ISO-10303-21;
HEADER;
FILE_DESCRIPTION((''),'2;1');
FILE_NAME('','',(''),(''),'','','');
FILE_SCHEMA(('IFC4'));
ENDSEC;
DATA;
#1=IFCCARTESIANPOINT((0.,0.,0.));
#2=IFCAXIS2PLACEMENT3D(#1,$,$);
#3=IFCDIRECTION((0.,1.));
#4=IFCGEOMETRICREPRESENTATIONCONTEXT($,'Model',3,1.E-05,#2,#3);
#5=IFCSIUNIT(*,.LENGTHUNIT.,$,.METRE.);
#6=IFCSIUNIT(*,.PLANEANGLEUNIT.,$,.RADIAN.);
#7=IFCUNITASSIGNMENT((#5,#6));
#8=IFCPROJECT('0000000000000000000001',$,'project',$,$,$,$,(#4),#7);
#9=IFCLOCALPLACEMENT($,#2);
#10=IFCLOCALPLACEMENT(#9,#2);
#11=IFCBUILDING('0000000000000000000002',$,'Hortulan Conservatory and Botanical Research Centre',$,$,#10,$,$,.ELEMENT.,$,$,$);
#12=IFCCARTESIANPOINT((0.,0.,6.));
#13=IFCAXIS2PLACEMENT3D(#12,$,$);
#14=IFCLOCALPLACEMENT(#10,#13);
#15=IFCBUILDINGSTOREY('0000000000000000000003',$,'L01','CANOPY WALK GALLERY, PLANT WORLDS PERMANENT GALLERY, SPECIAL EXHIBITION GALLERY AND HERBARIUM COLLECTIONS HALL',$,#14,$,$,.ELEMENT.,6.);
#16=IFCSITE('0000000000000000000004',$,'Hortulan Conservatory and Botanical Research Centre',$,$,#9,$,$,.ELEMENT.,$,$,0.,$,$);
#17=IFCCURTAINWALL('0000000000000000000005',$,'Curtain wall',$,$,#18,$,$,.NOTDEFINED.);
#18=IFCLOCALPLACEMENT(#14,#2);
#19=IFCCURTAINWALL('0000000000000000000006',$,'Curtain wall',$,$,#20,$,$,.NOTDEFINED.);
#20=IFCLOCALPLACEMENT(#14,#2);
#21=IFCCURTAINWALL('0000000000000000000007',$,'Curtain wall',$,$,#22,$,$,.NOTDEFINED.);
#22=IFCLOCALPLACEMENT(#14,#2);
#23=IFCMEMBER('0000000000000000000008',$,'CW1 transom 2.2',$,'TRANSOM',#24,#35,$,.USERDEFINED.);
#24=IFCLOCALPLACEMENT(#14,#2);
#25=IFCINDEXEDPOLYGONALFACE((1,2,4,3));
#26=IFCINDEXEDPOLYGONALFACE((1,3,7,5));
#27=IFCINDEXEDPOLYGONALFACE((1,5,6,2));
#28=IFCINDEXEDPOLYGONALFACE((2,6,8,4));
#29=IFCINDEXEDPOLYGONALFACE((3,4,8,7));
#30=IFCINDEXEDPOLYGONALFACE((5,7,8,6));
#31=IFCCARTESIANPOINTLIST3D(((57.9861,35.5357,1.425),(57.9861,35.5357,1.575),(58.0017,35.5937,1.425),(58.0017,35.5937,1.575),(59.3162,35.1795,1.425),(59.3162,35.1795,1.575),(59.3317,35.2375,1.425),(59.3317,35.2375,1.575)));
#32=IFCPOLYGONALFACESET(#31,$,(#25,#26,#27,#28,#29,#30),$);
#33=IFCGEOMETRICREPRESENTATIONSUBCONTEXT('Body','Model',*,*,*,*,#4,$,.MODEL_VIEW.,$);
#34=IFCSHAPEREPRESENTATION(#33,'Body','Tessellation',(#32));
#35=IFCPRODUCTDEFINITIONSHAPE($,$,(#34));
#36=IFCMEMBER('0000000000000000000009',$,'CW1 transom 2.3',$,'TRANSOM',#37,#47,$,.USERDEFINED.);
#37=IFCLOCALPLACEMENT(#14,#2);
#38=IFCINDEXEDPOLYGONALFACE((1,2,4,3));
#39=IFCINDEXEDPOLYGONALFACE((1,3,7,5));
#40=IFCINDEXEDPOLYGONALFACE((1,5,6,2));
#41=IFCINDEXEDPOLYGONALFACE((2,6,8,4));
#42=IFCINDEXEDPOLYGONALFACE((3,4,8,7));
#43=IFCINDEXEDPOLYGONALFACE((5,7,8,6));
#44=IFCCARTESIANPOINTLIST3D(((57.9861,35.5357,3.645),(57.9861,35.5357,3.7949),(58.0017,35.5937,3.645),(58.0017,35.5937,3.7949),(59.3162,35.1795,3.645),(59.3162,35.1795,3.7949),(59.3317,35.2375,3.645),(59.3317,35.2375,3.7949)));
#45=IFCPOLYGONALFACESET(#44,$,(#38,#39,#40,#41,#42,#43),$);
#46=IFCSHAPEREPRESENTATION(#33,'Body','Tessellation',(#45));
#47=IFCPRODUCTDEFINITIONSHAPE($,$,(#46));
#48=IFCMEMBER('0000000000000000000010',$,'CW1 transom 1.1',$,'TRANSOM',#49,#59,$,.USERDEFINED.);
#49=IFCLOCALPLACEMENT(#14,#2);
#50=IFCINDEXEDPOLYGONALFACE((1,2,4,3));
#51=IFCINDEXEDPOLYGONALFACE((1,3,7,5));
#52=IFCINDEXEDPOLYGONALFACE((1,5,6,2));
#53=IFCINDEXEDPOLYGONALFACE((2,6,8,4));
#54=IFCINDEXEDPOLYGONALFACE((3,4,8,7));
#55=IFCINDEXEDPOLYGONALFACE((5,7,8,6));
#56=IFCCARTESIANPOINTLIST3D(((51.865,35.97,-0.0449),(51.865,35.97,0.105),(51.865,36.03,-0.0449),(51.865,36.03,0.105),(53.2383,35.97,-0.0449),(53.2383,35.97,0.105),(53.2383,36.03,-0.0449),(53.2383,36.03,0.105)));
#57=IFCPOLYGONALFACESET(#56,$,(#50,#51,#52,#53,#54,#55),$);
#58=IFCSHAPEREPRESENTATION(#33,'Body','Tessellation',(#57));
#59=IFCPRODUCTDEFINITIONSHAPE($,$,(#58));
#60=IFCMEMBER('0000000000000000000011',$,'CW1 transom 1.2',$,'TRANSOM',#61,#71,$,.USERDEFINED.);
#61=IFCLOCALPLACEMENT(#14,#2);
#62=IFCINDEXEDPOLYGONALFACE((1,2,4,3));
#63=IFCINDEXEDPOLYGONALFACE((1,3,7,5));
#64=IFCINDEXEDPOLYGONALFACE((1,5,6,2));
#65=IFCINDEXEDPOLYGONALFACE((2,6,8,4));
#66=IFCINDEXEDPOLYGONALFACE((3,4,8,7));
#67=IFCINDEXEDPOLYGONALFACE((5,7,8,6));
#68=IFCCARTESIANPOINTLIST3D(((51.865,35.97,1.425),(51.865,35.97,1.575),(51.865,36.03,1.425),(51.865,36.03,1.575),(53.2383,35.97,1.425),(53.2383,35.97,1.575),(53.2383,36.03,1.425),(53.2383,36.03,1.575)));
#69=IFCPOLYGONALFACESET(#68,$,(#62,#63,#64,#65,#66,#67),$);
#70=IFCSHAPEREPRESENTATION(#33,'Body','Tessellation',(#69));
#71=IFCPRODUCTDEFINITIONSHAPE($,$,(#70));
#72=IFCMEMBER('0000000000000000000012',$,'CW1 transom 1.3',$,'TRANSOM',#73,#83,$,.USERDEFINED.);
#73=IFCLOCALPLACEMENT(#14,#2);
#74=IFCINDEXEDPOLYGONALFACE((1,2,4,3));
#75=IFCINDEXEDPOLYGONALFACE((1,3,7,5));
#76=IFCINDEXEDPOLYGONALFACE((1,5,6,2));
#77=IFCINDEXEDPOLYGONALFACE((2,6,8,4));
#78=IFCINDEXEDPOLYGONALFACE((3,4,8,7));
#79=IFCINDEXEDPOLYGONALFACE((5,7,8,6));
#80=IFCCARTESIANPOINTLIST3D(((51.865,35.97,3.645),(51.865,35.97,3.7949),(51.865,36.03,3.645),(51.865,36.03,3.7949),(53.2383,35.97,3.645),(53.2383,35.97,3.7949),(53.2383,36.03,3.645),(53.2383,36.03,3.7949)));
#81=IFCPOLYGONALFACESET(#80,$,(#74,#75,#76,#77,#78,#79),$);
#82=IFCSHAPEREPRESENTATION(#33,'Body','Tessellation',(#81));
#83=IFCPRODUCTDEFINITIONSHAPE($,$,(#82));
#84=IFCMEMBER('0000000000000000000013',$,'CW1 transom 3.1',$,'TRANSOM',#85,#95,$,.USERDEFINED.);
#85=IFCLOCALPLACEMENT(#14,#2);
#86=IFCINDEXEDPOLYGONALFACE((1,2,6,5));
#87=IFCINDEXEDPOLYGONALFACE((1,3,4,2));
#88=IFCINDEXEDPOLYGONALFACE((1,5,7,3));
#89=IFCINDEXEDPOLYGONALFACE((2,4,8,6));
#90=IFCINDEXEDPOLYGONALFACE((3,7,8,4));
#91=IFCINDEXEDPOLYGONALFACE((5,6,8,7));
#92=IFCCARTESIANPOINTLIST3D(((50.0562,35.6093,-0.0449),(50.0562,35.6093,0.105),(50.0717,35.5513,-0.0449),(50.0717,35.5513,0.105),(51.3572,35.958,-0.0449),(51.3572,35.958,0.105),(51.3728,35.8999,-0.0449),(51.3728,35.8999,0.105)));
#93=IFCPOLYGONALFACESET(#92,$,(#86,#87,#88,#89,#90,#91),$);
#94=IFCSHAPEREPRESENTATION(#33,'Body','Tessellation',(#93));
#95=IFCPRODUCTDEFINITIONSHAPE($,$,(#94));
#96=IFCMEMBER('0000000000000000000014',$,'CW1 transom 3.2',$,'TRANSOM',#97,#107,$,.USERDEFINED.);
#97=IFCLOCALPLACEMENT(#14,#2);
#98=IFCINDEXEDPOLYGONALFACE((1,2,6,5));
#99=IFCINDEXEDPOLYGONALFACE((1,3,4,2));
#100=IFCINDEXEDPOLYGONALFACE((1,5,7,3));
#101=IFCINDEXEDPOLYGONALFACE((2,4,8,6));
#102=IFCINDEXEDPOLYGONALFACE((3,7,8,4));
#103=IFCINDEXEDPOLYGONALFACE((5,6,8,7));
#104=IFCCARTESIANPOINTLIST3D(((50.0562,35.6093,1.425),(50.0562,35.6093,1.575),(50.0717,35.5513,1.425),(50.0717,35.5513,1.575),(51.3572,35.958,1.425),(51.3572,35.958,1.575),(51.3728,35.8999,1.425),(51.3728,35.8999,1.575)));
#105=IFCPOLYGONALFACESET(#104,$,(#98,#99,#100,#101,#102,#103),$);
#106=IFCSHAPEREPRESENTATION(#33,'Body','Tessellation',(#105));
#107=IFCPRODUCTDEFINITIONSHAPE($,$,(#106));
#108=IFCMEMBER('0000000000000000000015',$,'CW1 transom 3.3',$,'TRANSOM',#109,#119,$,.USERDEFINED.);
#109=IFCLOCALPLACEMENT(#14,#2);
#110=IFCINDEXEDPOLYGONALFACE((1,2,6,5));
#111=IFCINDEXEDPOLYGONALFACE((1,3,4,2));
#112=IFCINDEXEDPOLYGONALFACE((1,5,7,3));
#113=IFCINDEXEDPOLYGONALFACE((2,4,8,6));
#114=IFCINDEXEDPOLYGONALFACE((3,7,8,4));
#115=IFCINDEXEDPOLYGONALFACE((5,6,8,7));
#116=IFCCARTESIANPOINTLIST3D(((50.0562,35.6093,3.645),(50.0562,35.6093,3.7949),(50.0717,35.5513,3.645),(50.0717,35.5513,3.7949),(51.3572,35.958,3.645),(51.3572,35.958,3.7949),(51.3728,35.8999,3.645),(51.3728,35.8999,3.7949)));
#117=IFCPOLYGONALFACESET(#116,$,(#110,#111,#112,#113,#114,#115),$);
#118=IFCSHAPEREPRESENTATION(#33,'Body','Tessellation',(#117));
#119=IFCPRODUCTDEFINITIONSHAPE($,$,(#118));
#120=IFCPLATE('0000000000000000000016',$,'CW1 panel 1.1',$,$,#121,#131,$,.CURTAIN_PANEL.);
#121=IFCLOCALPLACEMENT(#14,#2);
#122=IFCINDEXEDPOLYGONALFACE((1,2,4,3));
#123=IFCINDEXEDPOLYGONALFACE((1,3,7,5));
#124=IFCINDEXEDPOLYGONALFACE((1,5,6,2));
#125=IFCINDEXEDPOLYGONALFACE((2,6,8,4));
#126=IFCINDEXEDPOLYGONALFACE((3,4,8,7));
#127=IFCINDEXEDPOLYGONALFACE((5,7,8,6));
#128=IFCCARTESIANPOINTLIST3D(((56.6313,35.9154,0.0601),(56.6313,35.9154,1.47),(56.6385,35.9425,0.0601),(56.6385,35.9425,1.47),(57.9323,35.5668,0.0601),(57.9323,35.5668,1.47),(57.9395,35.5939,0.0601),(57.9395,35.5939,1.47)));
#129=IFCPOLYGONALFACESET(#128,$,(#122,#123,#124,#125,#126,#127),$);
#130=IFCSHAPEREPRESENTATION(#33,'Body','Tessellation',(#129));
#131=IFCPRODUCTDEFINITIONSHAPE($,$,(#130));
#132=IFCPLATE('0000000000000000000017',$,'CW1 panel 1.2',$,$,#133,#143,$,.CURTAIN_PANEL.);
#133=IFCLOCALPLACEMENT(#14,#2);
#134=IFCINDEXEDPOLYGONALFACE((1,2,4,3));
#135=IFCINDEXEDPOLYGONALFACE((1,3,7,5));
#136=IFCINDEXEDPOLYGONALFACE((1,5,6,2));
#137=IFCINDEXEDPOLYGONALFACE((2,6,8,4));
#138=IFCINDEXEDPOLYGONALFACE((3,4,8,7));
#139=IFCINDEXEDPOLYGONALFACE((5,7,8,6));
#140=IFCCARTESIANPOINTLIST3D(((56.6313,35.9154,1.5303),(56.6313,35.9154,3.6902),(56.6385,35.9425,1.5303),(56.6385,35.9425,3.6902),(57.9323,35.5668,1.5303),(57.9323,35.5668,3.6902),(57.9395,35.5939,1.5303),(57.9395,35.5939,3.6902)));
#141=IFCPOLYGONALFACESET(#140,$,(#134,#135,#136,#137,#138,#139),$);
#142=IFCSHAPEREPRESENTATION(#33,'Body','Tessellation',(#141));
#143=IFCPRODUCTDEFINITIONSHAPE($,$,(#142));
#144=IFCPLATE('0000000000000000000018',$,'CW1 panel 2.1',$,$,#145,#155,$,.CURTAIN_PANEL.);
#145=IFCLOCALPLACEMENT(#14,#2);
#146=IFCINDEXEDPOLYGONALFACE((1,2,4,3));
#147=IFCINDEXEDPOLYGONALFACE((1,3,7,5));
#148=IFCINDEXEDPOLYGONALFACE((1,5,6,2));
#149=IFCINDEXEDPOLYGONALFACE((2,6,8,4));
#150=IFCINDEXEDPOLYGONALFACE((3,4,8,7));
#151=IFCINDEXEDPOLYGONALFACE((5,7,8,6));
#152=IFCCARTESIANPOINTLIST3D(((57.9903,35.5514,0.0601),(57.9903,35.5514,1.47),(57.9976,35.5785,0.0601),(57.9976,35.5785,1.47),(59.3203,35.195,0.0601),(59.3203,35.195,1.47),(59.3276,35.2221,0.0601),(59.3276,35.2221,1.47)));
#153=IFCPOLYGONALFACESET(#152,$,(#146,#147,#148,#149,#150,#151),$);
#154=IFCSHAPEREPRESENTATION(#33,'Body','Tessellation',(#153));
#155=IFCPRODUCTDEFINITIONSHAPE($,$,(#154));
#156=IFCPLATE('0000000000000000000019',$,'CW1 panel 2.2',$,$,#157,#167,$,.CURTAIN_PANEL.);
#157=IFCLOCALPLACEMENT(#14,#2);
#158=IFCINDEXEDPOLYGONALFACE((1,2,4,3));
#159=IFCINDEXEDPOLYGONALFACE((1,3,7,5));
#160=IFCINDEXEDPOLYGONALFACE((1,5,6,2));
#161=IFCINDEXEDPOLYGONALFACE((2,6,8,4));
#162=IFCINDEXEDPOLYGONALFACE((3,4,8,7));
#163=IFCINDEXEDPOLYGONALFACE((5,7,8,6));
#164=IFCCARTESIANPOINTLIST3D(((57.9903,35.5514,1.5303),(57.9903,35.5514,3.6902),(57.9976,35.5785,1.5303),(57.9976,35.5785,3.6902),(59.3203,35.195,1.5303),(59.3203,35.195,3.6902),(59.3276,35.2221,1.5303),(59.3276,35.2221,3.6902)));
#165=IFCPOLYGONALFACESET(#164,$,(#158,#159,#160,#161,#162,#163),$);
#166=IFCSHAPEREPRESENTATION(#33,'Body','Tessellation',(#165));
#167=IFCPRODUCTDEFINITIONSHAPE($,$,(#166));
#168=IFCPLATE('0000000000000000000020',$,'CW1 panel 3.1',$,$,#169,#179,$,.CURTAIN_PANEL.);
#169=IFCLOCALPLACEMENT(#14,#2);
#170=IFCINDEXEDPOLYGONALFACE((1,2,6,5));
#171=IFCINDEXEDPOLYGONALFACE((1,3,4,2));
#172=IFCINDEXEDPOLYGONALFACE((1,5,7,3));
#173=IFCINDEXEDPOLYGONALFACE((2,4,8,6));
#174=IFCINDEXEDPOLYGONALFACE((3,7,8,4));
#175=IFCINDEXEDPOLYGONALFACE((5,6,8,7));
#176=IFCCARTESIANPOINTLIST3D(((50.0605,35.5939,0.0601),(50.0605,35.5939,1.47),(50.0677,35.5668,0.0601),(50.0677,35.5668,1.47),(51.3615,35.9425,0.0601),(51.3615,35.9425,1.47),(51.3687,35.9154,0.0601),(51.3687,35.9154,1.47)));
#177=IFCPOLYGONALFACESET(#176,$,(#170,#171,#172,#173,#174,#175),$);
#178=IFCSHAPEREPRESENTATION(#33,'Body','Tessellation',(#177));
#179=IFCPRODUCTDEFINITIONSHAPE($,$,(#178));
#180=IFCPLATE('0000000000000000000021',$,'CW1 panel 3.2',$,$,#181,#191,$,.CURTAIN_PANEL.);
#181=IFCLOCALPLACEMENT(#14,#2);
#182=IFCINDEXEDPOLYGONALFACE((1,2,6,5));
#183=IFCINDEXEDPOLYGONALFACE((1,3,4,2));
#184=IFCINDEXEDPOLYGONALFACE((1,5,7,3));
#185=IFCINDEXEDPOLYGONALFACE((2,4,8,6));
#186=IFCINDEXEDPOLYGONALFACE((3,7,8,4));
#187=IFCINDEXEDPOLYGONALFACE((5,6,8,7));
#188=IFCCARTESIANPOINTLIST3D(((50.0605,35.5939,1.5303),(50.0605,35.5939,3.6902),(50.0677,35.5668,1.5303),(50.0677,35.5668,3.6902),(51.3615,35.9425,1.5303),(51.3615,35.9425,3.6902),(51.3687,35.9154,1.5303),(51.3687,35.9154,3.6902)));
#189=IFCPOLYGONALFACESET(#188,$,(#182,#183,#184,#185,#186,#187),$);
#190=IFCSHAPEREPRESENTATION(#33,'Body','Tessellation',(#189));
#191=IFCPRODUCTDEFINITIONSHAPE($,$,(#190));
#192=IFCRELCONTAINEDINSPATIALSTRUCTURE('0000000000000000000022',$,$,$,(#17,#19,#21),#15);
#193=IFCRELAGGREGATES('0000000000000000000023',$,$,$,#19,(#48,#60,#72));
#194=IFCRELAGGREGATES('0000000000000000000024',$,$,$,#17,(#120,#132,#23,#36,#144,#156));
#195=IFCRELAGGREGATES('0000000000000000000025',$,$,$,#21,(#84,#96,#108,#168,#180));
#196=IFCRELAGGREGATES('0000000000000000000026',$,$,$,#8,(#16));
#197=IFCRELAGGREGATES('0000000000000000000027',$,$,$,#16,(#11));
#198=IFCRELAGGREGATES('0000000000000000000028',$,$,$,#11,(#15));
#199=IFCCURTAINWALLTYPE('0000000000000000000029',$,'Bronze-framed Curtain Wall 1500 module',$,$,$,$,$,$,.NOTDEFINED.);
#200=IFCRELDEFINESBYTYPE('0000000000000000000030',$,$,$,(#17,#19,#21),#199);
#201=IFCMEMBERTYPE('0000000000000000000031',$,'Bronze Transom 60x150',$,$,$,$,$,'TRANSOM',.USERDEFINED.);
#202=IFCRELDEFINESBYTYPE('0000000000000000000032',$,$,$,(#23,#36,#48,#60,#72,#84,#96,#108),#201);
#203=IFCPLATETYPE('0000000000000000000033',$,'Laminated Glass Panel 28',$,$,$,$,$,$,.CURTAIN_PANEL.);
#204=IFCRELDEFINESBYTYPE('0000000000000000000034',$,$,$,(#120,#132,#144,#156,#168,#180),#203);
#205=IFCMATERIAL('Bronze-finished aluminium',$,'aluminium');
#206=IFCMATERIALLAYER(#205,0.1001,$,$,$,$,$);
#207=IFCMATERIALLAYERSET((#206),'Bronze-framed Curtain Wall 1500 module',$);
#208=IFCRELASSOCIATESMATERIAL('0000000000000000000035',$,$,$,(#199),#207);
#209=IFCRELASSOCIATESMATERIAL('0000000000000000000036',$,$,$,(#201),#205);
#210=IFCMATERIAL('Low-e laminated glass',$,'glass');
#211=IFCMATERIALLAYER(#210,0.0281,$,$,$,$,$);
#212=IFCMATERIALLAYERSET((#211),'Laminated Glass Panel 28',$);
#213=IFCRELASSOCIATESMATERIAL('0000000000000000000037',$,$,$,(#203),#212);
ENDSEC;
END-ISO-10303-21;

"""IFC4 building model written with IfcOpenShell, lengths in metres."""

from ifc_helpers import new_model, si_unit, direction, frame, origin, origin_2d, place, context, subcontext, project, spatial, rectangle, extrude, material, layer, layer_set, material_profile, profile_set, type_object, element, aggregate, save


model = new_model("IFC4")

# Units and contexts
model_context = context("Model", 3, precision=1e-05, world=origin(), true_north=direction((0.0, 1.0)))
body_context = subcontext(model_context, "Body", "Model", "MODEL_VIEW")
ifc_project = project(units=[si_unit("LENGTHUNIT", "METRE"), si_unit("PLANEANGLEUNIT", "RADIAN")], contexts=[model_context])

# Site, building, storey
site_placement = place(None, origin())
site = spatial("IfcSite", under=ifc_project, at=site_placement, Name="Hortulan Conservatory and Botanical Research Centre", CompositionType="ELEMENT", RefElevation=0.0)
building_placement = place(site_placement, origin())
building = spatial("IfcBuilding", under=site, at=building_placement, Name="Hortulan Conservatory and Botanical Research Centre", CompositionType="ELEMENT")
storey_placement = place(building_placement, frame((0.0, 0.0, 6.0)))
storey = spatial("IfcBuildingStorey", under=building, at=storey_placement, Name="L01", Description="CANOPY WALK GALLERY, PLANT WORLDS PERMANENT GALLERY, SPECIAL EXHIBITION GALLERY AND HERBARIUM COLLECTIONS HALL", CompositionType="ELEMENT", Elevation=6.0)

# Curtain wall
ifc_material_1 = material(Name="Bronze-finished aluminium", Category="aluminium")
ifc_layer_1 = layer(ifc_material_1, 0.1001)
ifc_layer_set_1 = layer_set([ifc_layer_1], Name="Bronze-framed Curtain Wall 1500 module")
curtain_wall_type = type_object("IfcCurtainWallType", Name="Bronze-framed Curtain Wall 1500 module", PredefinedType="NOTDEFINED", material=ifc_layer_set_1)
curtain_wall_1_placement = place(storey_placement, origin())
curtain_wall_1 = element("IfcCurtainWall", 1, at=curtain_wall_1_placement, inside=storey, type_object=curtain_wall_type, Name="Curtain wall", PredefinedType="NOTDEFINED")

# Curtain wall
curtain_wall_2_placement = place(storey_placement, origin())
curtain_wall_2 = element("IfcCurtainWall", 2, at=curtain_wall_2_placement, inside=storey, type_object=curtain_wall_type, Name="Curtain wall", PredefinedType="NOTDEFINED")

# Curtain wall
curtain_wall_3_placement = place(storey_placement, origin())
curtain_wall_3 = element("IfcCurtainWall", 3, at=curtain_wall_3_placement, inside=storey, type_object=curtain_wall_type, Name="Curtain wall", PredefinedType="NOTDEFINED")

# Members
ifc_material_profile_1 = material_profile(ifc_material_1, rectangle(XDim=0.0601, YDim=0.1499, at=origin_2d()), Name="Bronze Transom 60x150")
ifc_profile_set_1 = profile_set([ifc_material_profile_1], Name="Bronze-finished aluminium")
member_type_1 = type_object("IfcMemberType", Name="Bronze Transom 60x150", ElementType="TRANSOM", PredefinedType="USERDEFINED", material=ifc_profile_set_1)
member_1_placement = place(storey_placement, frame((57.9939, 35.5647, 1.5), z_axis=(0.965961, -0.258689, 0.0), x_axis=(0.258689, 0.965961, 0.0)))
member_1 = element("IfcMember", 4, at=member_1_placement, type_object=member_type_1, Name="CW1 transom 2.2", ObjectType="TRANSOM", PredefinedType="USERDEFINED", context=body_context, shape_type="SweptSolid", body=[
    extrude(rectangle(XDim=0.0601, YDim=0.1499, at=origin_2d()), origin(), (0.0, 0.0, 1.0), 1.377),
])
member_2_placement = place(storey_placement, frame((57.9939, 35.5647, 3.72), z_axis=(0.965961, -0.258689, 0.0), x_axis=(0.258689, 0.965961, 0.0)))
member_2 = element("IfcMember", 5, at=member_2_placement, type_object=member_type_1, Name="CW1 transom 2.3", ObjectType="TRANSOM", PredefinedType="USERDEFINED", context=body_context, shape_type="SweptSolid", body=[
    extrude(rectangle(XDim=0.0601, YDim=0.1499, at=origin_2d()), origin(), (0.0, 0.0, 1.0), 1.377),
])
member_3_placement = place(storey_placement, frame((51.865, 36.0, 0.03), z_axis=(1.0, 0.0, 0.0), x_axis=(0.0, 1.0, 0.0)))
member_3 = element("IfcMember", 6, at=member_3_placement, type_object=member_type_1, Name="CW1 transom 1.1", ObjectType="TRANSOM", PredefinedType="USERDEFINED", context=body_context, shape_type="SweptSolid", body=[
    extrude(rectangle(XDim=0.0601, YDim=0.1499, at=origin_2d()), origin(), (0.0, 0.0, 1.0), 1.3733),
])
member_4_placement = place(storey_placement, frame((51.865, 36.0, 1.5), z_axis=(1.0, 0.0, 0.0), x_axis=(0.0, 1.0, 0.0)))
member_4 = element("IfcMember", 7, at=member_4_placement, type_object=member_type_1, Name="CW1 transom 1.2", ObjectType="TRANSOM", PredefinedType="USERDEFINED", context=body_context, shape_type="SweptSolid", body=[
    extrude(rectangle(XDim=0.0601, YDim=0.1499, at=origin_2d()), origin(), (0.0, 0.0, 1.0), 1.3733),
])
member_5_placement = place(storey_placement, frame((51.865, 36.0, 3.72), z_axis=(1.0, 0.0, 0.0), x_axis=(0.0, 1.0, 0.0)))
member_5 = element("IfcMember", 8, at=member_5_placement, type_object=member_type_1, Name="CW1 transom 1.3", ObjectType="TRANSOM", PredefinedType="USERDEFINED", context=body_context, shape_type="SweptSolid", body=[
    extrude(rectangle(XDim=0.0601, YDim=0.1499, at=origin_2d()), origin(), (0.0, 0.0, 1.0), 1.3733),
])
aggregate(curtain_wall_2, [member_3, member_4, member_5])
member_6_placement = place(storey_placement, frame((50.064, 35.5803, 0.03), z_axis=(0.965921, 0.258836, 0.0), x_axis=(-0.258836, 0.965921, 0.0)))
member_6 = element("IfcMember", 9, at=member_6_placement, type_object=member_type_1, Name="CW1 transom 3.1", ObjectType="TRANSOM", PredefinedType="USERDEFINED", context=body_context, shape_type="SweptSolid", body=[
    extrude(rectangle(XDim=0.0601, YDim=0.1499, at=origin_2d()), origin(), (0.0, 0.0, 1.0), 1.3469),
])
member_7_placement = place(storey_placement, frame((50.064, 35.5803, 1.5), z_axis=(0.965921, 0.258836, 0.0), x_axis=(-0.258836, 0.965921, 0.0)))
member_7 = element("IfcMember", 10, at=member_7_placement, type_object=member_type_1, Name="CW1 transom 3.2", ObjectType="TRANSOM", PredefinedType="USERDEFINED", context=body_context, shape_type="SweptSolid", body=[
    extrude(rectangle(XDim=0.0601, YDim=0.1499, at=origin_2d()), origin(), (0.0, 0.0, 1.0), 1.3469),
])
member_8_placement = place(storey_placement, frame((50.064, 35.5803, 3.72), z_axis=(0.965921, 0.258836, 0.0), x_axis=(-0.258836, 0.965921, 0.0)))
member_8 = element("IfcMember", 11, at=member_8_placement, type_object=member_type_1, Name="CW1 transom 3.3", ObjectType="TRANSOM", PredefinedType="USERDEFINED", context=body_context, shape_type="SweptSolid", body=[
    extrude(rectangle(XDim=0.0601, YDim=0.1499, at=origin_2d()), origin(), (0.0, 0.0, 1.0), 1.3469),
])

# Plates
ifc_material_2 = material(Name="Low-e laminated glass", Category="glass")
ifc_layer_2 = layer(ifc_material_2, 0.0281)
ifc_layer_set_2 = layer_set([ifc_layer_2], Name="Laminated Glass Panel 28")
plate_type = type_object("IfcPlateType", Name="Laminated Glass Panel 28", PredefinedType="CURTAIN_PANEL", material=ifc_layer_set_2)
plate_1_placement = place(storey_placement, frame((57.2854, 35.7546, 0.0601), z_axis=(0.0, 0.0, 1.0), x_axis=(0.965922, -0.258832, 0.0)))
plate_1 = element("IfcPlate", 12, at=plate_1_placement, type_object=plate_type, Name="CW1 panel 1.1", PredefinedType="CURTAIN_PANEL", context=body_context, shape_type="SweptSolid", body=[
    extrude(rectangle(XDim=1.3469, YDim=0.0281, at=origin_2d()), origin(), (0.0, 0.0, 1.0), 1.4099),
])
plate_2_placement = place(storey_placement, frame((57.2854, 35.7546, 1.5303), z_axis=(0.0, 0.0, 1.0), x_axis=(0.965922, -0.258832, 0.0)))
plate_2 = element("IfcPlate", 13, at=plate_2_placement, type_object=plate_type, Name="CW1 panel 1.2", PredefinedType="CURTAIN_PANEL", context=body_context, shape_type="SweptSolid", body=[
    extrude(rectangle(XDim=1.3469, YDim=0.0281, at=origin_2d()), origin(), (0.0, 0.0, 1.0), 2.1599),
])
plate_3_placement = place(storey_placement, frame((58.6589, 35.3867, 0.0601), z_axis=(0.0, 0.0, 1.0), x_axis=(0.965922, -0.258832, 0.0)))
plate_3 = element("IfcPlate", 14, at=plate_3_placement, type_object=plate_type, Name="CW1 panel 2.1", PredefinedType="CURTAIN_PANEL", context=body_context, shape_type="SweptSolid", body=[
    extrude(rectangle(XDim=1.377, YDim=0.0281, at=origin_2d()), origin(), (0.0, 0.0, 1.0), 1.4099),
])
plate_4_placement = place(storey_placement, frame((58.6589, 35.3867, 1.5303), z_axis=(0.0, 0.0, 1.0), x_axis=(0.965922, -0.258832, 0.0)))
plate_4 = element("IfcPlate", 15, at=plate_4_placement, type_object=plate_type, Name="CW1 panel 2.2", PredefinedType="CURTAIN_PANEL", context=body_context, shape_type="SweptSolid", body=[
    extrude(rectangle(XDim=1.377, YDim=0.0281, at=origin_2d()), origin(), (0.0, 0.0, 1.0), 2.1599),
])
aggregate(curtain_wall_1, [plate_1, plate_2, member_1, member_2, plate_3, plate_4])
plate_5_placement = place(storey_placement, frame((50.7146, 35.7546, 0.0601), z_axis=(0.0, 0.0, 1.0), x_axis=(0.965922, 0.258832, 0.0)))
plate_5 = element("IfcPlate", 16, at=plate_5_placement, type_object=plate_type, Name="CW1 panel 3.1", PredefinedType="CURTAIN_PANEL", context=body_context, shape_type="SweptSolid", body=[
    extrude(rectangle(XDim=1.3469, YDim=0.0281, at=origin_2d()), origin(), (0.0, 0.0, 1.0), 1.4099),
])
plate_6_placement = place(storey_placement, frame((50.7146, 35.7546, 1.5303), z_axis=(0.0, 0.0, 1.0), x_axis=(0.965922, 0.258832, 0.0)))
plate_6 = element("IfcPlate", 17, at=plate_6_placement, type_object=plate_type, Name="CW1 panel 3.2", PredefinedType="CURTAIN_PANEL", context=body_context, shape_type="SweptSolid", body=[
    extrude(rectangle(XDim=1.3469, YDim=0.0281, at=origin_2d()), origin(), (0.0, 0.0, 1.0), 2.1599),
])
aggregate(curtain_wall_3, [member_6, member_7, member_8, plate_5, plate_6])

save(model, "model.ifc")
